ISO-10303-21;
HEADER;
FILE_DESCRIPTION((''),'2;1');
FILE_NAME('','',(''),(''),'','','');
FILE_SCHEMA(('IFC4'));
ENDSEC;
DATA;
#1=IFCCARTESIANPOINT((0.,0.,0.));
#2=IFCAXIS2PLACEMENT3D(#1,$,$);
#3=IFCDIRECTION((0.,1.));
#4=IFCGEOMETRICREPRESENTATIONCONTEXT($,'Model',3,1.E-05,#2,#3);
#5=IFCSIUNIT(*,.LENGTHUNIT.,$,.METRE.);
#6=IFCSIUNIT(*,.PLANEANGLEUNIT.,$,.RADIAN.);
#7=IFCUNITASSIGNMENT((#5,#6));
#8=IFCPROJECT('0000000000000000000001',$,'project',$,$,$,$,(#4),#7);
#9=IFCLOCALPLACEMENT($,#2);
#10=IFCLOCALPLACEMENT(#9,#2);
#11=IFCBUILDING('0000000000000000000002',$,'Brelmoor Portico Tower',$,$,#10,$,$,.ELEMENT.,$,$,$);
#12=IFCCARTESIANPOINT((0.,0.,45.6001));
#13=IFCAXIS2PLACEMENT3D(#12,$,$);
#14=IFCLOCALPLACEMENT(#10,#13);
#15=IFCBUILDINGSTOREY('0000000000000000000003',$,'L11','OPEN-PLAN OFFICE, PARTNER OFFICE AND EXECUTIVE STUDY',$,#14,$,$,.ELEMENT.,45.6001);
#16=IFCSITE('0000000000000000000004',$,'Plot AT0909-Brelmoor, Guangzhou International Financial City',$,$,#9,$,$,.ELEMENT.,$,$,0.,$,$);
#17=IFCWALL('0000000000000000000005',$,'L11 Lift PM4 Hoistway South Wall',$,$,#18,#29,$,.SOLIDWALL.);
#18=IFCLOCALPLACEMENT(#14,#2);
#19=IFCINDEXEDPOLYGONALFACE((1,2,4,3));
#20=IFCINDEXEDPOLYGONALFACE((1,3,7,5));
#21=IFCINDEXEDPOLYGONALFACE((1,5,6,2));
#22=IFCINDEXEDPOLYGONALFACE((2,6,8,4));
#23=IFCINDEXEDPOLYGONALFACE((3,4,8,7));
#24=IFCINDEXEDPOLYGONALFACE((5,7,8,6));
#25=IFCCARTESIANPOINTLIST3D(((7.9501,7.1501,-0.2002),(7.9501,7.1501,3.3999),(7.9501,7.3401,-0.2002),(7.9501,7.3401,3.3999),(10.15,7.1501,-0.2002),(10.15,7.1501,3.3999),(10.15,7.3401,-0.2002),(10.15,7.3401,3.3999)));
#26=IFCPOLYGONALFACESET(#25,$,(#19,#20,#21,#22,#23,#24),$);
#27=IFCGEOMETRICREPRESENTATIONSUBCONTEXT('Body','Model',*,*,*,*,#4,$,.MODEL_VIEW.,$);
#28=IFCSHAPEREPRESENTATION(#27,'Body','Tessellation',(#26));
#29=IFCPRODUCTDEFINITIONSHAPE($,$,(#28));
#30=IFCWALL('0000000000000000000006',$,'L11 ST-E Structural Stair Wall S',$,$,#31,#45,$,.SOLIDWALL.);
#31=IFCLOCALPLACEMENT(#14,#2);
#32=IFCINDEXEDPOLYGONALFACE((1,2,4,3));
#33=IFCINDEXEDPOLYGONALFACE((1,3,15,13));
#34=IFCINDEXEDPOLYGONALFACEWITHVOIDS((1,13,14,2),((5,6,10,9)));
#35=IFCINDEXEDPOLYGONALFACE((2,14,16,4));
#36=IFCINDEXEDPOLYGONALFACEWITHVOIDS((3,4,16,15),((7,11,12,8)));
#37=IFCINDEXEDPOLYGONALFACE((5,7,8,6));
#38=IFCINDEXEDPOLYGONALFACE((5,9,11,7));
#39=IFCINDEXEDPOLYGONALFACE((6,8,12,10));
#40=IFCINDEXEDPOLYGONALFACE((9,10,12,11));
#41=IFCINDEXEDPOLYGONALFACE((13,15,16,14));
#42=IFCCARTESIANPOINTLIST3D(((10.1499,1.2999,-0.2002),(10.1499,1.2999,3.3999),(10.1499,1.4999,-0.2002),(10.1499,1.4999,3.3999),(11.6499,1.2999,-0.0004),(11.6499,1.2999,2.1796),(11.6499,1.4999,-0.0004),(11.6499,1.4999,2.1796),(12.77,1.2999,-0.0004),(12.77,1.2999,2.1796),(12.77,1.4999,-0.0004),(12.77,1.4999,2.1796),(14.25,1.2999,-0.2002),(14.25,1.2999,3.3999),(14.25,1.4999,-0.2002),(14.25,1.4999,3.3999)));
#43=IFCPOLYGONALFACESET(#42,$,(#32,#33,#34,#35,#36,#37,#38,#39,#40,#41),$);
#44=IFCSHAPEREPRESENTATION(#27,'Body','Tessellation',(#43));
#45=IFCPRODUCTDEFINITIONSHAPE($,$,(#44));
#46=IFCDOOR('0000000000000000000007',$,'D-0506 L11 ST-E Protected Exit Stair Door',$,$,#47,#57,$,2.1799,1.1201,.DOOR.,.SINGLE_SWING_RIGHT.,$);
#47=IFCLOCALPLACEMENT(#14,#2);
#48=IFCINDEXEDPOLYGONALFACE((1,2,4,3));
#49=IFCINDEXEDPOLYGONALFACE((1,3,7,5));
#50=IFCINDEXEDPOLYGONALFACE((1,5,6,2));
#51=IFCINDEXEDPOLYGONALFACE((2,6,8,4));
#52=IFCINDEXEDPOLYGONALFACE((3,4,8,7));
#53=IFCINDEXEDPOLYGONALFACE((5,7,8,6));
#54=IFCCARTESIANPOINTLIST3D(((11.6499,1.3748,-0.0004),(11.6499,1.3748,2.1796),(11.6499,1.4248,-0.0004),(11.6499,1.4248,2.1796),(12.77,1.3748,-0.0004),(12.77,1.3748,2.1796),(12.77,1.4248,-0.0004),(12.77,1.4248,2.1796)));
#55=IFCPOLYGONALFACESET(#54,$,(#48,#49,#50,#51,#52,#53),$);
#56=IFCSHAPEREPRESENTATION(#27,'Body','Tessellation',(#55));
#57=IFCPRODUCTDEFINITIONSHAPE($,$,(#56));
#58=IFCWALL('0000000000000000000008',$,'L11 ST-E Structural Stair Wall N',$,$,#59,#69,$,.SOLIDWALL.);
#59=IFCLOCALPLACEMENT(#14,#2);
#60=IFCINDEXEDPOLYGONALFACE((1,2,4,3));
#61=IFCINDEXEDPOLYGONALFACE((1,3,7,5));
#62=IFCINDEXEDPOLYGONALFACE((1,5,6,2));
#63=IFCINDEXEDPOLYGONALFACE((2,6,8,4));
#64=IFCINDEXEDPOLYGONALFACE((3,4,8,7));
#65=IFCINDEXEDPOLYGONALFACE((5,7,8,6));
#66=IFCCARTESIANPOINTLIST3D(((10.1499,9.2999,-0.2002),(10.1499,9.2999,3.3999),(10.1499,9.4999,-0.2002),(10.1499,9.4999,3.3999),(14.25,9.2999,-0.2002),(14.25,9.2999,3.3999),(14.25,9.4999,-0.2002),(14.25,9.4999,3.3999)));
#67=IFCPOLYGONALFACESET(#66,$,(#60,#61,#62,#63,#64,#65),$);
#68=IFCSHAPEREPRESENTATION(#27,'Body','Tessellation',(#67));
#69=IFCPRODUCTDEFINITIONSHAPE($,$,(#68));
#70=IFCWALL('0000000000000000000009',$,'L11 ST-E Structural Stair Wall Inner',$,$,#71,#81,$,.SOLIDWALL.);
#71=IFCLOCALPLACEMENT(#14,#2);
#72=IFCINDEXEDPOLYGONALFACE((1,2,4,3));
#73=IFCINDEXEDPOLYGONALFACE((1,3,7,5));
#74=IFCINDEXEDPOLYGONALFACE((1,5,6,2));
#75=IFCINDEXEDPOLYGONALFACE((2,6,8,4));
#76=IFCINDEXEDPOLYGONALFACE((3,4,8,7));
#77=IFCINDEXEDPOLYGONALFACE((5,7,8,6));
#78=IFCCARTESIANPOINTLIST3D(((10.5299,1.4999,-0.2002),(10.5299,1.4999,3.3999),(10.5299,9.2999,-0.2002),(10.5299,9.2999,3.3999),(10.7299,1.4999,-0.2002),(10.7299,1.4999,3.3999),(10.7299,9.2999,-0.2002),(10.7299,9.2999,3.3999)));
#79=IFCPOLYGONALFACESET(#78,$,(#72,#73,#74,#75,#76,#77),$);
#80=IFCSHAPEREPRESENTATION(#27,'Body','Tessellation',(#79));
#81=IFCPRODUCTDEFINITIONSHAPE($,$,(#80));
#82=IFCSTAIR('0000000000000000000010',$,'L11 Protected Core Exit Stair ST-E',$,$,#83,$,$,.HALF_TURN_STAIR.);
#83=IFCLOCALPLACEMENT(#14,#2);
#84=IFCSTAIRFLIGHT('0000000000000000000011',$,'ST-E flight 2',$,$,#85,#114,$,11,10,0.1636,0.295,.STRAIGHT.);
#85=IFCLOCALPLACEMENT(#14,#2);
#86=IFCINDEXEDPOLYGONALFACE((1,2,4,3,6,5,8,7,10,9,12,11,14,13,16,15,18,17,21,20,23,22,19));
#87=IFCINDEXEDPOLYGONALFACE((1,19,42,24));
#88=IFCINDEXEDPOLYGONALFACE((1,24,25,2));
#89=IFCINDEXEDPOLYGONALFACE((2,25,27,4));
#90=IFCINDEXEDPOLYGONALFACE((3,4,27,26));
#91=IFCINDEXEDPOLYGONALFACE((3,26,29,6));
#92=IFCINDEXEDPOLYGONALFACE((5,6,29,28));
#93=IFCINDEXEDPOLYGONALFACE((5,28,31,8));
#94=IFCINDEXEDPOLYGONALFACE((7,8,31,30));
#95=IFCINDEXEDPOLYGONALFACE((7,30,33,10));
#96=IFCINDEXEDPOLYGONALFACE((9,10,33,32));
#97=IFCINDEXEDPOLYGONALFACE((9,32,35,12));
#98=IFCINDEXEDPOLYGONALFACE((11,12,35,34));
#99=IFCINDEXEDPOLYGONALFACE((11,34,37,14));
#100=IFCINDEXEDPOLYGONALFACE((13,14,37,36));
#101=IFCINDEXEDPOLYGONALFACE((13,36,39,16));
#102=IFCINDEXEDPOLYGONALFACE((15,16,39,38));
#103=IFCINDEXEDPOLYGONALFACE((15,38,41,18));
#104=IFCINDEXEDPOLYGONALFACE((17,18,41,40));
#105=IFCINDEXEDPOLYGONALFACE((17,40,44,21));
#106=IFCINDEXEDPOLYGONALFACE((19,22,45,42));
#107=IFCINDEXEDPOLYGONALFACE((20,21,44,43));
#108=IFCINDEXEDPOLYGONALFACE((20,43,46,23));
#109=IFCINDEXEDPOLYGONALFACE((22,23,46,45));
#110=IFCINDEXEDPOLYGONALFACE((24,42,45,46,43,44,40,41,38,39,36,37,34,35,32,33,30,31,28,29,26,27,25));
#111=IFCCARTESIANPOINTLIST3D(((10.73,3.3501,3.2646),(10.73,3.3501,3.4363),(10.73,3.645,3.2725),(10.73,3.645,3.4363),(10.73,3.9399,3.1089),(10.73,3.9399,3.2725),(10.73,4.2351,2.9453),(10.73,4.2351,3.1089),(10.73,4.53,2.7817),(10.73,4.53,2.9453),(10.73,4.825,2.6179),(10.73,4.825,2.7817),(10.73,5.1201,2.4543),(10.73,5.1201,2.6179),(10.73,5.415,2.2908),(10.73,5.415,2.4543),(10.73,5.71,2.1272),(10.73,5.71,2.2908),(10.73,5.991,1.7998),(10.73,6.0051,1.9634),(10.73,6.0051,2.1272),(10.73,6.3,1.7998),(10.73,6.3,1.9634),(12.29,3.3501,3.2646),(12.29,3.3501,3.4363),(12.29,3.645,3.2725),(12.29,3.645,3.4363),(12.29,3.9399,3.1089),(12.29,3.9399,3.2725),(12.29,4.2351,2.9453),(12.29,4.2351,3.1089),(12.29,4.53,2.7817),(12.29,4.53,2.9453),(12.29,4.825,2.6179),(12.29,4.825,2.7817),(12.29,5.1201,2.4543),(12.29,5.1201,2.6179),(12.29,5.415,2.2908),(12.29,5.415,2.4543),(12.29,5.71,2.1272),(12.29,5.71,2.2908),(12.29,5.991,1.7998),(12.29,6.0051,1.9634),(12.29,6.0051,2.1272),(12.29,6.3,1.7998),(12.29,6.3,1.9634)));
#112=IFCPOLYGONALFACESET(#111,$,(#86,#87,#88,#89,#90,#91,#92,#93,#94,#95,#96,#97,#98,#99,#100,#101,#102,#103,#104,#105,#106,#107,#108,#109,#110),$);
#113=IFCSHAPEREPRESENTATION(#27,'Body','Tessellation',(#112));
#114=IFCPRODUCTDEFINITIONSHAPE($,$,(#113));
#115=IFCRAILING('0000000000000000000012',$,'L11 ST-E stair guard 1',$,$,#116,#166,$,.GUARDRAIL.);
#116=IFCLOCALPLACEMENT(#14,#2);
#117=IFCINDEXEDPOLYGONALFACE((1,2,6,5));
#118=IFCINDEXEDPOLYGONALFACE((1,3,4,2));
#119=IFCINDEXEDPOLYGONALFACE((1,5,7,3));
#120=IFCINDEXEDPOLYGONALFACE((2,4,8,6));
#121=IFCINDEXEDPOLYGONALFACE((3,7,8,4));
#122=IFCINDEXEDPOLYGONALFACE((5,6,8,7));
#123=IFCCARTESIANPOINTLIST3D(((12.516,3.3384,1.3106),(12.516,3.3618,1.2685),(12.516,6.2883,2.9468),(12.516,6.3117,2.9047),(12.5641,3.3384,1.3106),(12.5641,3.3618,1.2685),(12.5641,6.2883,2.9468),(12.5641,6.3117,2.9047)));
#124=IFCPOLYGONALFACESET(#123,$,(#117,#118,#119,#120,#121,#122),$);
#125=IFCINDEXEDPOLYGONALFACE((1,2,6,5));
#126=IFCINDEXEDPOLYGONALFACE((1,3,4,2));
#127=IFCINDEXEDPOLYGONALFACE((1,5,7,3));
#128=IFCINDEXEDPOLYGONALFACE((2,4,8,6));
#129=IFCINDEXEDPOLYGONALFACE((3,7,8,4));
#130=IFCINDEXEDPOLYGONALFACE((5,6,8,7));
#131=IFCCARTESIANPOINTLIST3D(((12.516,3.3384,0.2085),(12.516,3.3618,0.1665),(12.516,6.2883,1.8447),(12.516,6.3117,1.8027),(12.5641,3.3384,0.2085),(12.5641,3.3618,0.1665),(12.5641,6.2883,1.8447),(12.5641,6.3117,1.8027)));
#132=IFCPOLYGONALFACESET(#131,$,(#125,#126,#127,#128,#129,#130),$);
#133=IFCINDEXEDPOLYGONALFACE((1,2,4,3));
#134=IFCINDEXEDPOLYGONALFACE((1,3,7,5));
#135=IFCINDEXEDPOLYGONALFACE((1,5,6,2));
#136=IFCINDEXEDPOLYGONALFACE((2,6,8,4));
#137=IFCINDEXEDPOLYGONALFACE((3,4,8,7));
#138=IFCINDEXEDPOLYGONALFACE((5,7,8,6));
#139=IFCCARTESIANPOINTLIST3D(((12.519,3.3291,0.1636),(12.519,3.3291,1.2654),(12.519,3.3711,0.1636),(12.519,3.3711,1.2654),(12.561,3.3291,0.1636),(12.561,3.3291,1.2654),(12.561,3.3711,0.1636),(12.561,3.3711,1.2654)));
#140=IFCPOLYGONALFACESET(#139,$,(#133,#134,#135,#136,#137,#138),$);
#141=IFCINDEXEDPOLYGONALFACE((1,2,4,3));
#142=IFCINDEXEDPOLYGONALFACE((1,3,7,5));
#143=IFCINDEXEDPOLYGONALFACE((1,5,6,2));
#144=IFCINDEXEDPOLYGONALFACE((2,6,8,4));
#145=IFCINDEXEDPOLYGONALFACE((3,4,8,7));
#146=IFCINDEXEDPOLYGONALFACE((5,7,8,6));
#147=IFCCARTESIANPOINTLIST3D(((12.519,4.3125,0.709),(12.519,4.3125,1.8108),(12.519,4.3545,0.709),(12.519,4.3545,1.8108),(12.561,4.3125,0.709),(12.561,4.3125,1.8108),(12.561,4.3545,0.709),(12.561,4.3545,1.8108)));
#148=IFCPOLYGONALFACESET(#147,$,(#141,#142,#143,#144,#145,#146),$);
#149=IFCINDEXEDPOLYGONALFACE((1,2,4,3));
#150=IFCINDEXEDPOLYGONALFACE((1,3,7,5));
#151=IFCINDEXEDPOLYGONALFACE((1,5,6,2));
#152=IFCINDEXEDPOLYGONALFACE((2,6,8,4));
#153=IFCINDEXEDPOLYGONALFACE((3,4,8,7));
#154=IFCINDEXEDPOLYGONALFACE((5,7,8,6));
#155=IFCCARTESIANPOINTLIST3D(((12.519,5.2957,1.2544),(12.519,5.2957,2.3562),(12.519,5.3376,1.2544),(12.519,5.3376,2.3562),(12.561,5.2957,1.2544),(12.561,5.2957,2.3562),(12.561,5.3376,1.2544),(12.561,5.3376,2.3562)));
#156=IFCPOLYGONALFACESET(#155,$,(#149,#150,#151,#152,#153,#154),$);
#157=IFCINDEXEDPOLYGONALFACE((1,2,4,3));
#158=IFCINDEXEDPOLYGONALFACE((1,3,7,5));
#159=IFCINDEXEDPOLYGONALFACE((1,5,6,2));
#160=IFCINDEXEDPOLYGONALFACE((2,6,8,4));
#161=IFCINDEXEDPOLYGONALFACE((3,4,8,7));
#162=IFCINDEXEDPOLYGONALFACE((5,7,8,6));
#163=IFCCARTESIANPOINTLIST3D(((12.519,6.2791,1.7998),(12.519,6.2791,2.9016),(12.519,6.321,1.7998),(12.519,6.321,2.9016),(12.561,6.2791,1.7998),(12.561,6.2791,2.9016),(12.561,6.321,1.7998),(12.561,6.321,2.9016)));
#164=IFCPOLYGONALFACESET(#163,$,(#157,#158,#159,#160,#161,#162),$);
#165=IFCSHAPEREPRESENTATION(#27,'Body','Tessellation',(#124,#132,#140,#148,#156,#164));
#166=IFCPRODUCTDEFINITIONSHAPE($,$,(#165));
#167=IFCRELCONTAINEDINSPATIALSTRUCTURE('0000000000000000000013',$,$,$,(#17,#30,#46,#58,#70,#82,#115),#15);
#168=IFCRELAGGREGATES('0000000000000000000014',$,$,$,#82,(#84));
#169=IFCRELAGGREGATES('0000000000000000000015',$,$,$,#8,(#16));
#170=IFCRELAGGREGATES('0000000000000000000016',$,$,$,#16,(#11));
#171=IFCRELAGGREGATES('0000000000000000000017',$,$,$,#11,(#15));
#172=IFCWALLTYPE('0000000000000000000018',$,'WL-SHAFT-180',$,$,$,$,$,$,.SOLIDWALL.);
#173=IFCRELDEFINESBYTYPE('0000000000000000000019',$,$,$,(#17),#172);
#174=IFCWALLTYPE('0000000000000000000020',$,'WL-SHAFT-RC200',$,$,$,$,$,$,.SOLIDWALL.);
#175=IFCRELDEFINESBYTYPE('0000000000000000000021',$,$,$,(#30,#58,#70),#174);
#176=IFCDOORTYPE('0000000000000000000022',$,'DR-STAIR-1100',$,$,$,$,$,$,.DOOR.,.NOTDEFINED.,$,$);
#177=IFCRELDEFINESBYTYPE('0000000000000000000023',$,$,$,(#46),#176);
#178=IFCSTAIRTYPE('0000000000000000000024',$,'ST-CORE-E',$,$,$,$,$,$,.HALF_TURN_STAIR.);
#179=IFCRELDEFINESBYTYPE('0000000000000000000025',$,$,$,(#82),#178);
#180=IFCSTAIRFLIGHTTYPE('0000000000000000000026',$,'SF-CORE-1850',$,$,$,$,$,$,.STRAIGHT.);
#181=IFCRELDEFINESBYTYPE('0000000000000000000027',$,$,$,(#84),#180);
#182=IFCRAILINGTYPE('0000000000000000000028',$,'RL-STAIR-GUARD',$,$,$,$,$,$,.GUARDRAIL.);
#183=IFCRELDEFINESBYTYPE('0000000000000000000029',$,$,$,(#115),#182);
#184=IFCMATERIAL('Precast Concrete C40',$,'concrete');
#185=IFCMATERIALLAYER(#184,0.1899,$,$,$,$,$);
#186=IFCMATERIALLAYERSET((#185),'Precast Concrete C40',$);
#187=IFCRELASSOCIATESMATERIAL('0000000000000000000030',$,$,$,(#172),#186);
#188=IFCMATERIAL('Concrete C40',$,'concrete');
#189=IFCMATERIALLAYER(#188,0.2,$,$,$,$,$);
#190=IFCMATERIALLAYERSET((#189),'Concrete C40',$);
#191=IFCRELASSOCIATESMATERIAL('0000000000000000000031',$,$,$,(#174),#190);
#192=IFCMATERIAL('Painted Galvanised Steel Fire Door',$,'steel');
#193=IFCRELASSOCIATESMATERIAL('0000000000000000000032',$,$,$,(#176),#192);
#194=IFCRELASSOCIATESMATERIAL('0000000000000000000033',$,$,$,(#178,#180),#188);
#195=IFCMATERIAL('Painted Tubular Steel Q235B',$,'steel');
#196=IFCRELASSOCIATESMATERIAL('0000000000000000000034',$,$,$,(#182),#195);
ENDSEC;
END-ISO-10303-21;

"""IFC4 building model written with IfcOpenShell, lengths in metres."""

from ifc_helpers import new_model, si_unit, direction, frame, frame_2d, origin, origin_2d, place, context, subcontext, project, spatial, polyline, rectangle, outline, extrude, material, layer, layer_set, type_object, element, fill, aggregate, save


model = new_model("IFC4")

# Units and contexts
model_context = context("Model", 3, precision=1e-05, world=origin(), true_north=direction((0.0, 1.0)))
body_context = subcontext(model_context, "Body", "Model", "MODEL_VIEW")
ifc_project = project(units=[si_unit("LENGTHUNIT", "METRE"), si_unit("PLANEANGLEUNIT", "RADIAN")], contexts=[model_context])

# Site, building, storey
site_placement = place(None, origin())
site = spatial("IfcSite", under=ifc_project, at=site_placement, Name="Plot AT0909-Brelmoor, Guangzhou International Financial City", CompositionType="ELEMENT", RefElevation=0.0)
building_placement = place(site_placement, origin())
building = spatial("IfcBuilding", under=site, at=building_placement, Name="Brelmoor Portico Tower", CompositionType="ELEMENT")
storey_placement = place(building_placement, frame((0.0, 0.0, 45.6001)))
storey = spatial("IfcBuildingStorey", under=building, at=storey_placement, Name="L11", Description="OPEN-PLAN OFFICE, PARTNER OFFICE AND EXECUTIVE STUDY", CompositionType="ELEMENT", Elevation=45.6001)

# Wall
ifc_material_1 = material(Name="Precast Concrete C40", Category="concrete")
ifc_layer_1 = layer(ifc_material_1, 0.1899)
ifc_layer_set_1 = layer_set([ifc_layer_1], Name="Precast Concrete C40")
wall_type_1 = type_object("IfcWallType", Name="WL-SHAFT-180", PredefinedType="SOLIDWALL", material=ifc_layer_set_1)
for number, where, z_axis, x_axis, name in (
    (1, (7.95, 7.2451, -0.2002), (0.0, 0.0, 1.0), (1.0, 0.0, 0.0), "L11 Lift PM4 Hoistway South Wall"),
):
    element("IfcWall", number, at=place(storey_placement, frame(where, z_axis=z_axis, x_axis=x_axis)), inside=storey, type_object=wall_type_1, Name=name, PredefinedType="SOLIDWALL", context=body_context, shape_type="SweptSolid", body=[
        extrude(rectangle(XDim=2.2, YDim=0.1899, at=frame_2d((1.1001, 0.0))), origin(), (0.0, 0.0, 1.0), 3.6001),
    ])

# Wall, opening, door
ifc_material_2 = material(Name="Concrete C40", Category="concrete")
ifc_layer_2 = layer(ifc_material_2, 0.2)
ifc_layer_set_2 = layer_set([ifc_layer_2], Name="Concrete C40")
wall_type_2 = type_object("IfcWallType", Name="WL-SHAFT-RC200", PredefinedType="SOLIDWALL", material=ifc_layer_set_2)
wall_1_placement = place(storey_placement, frame((10.1499, 1.3999, -0.2002), z_axis=(0.0, 0.0, 1.0), x_axis=(1.0, 0.0, 0.0)))
wall_1 = element("IfcWall", 2, at=wall_1_placement, inside=storey, type_object=wall_type_2, Name="L11 ST-E Structural Stair Wall S", PredefinedType="SOLIDWALL", context=body_context, shape_type="SweptSolid", body=[
    extrude(rectangle(XDim=4.1001, YDim=0.2, at=frame_2d((2.05, 0.0))), origin(), (0.0, 0.0, 1.0), 3.6001),
])
opening_placement = place(wall_1_placement, frame((1.5, 0.0, 0.2)))
opening = element("IfcOpeningElement", 3, at=opening_placement, cuts=wall_1, PredefinedType="OPENING", context=body_context, shape_type="SweptSolid", body=[
    extrude(rectangle(XDim=1.1201, YDim=2.1799, at=frame_2d((0.5601, 1.0898))), frame((0.0, 0.1099, 0.0), z_axis=(0.0, -1.0, 0.0), x_axis=(1.0, 0.0, 0.0)), (0.0, 0.0, 1.0), 0.22),
])
ifc_material_3 = material(Name="Painted Galvanised Steel Fire Door", Category="steel")
door_type = type_object("IfcDoorType", Name="DR-STAIR-1100", OperationType="NOTDEFINED", PredefinedType="DOOR", material=ifc_material_3)
door_placement = place(opening_placement, origin())
door = element("IfcDoor", 4, at=door_placement, inside=storey, type_object=door_type, Name="D-0506 L11 ST-E Protected Exit Stair Door", OperationType="SINGLE_SWING_RIGHT", OverallHeight=2.1799, OverallWidth=1.1201, PredefinedType="DOOR", context=body_context, shape_type="SweptSolid", body=[
    extrude(rectangle(XDim=1.1201, YDim=2.1799, at=frame_2d((0.5601, 1.0898))), frame((0.0, 0.0249, 0.0), z_axis=(0.0, -1.0, 0.0), x_axis=(1.0, 0.0, 0.0)), (0.0, 0.0, 1.0), 0.05),
])
fill(opening, door)

# Walls
wall_2_placement = place(storey_placement, frame((10.1499, 9.3999, -0.2002), z_axis=(0.0, 0.0, 1.0), x_axis=(1.0, 0.0, 0.0)))
element("IfcWall", 5, at=wall_2_placement, inside=storey, type_object=wall_type_2, Name="L11 ST-E Structural Stair Wall N", PredefinedType="SOLIDWALL", context=body_context, shape_type="SweptSolid", body=[
    extrude(rectangle(XDim=4.1001, YDim=0.2, at=frame_2d((2.05, 0.0))), origin(), (0.0, 0.0, 1.0), 3.6001),
])
wall_3_placement = place(storey_placement, frame((10.6299, 1.5, -0.2002), z_axis=(0.0, 0.0, 1.0), x_axis=(0.0, 1.0, 0.0)))
element("IfcWall", 6, at=wall_3_placement, inside=storey, type_object=wall_type_2, Name="L11 ST-E Structural Stair Wall Inner", PredefinedType="SOLIDWALL", context=body_context, shape_type="SweptSolid", body=[
    extrude(rectangle(XDim=7.8, YDim=0.2, at=frame_2d((3.8999, 0.0))), origin(), (0.0, 0.0, 1.0), 3.6001),
])

# Stair, stair flight
stair_type = type_object("IfcStairType", Name="ST-CORE-E", PredefinedType="HALF_TURN_STAIR", material=ifc_material_2)
stair_placement = place(storey_placement, origin())
stair = element("IfcStair", 7, at=stair_placement, inside=storey, type_object=stair_type, Name="L11 Protected Core Exit Stair ST-E", PredefinedType="HALF_TURN_STAIR")
stair_flight_type = type_object("IfcStairFlightType", Name="SF-CORE-1850", PredefinedType="STRAIGHT", material=ifc_material_2)
stair_flight_placement = place(storey_placement, frame((11.51, 6.3, 1.7998), z_axis=(0.0, 0.0, 1.0), x_axis=(0.0, -1.0, 0.0)))
stair_flight = element("IfcStairFlight", 8, at=stair_flight_placement, type_object=stair_flight_type, Name="ST-E flight 2", NumberOfRisers=11, NumberOfTreads=10, PredefinedType="STRAIGHT", RiserHeight=0.1636, TreadLength=0.295, context=body_context, shape_type="SweptSolid", body=[
    extrude(outline(polyline([(0.0, 0.0), (0.0, 0.1636), (0.2949, 0.1636), (0.2949, 0.3274), (0.5901, 0.3274), (0.5901, 0.491), (0.885, 0.491), (0.885, 0.6545), (1.1799, 0.6545), (1.1799, 0.8181), (1.4751, 0.8181), (1.4751, 0.9819), (1.77, 0.9819), (1.77, 1.1455), (2.0649, 1.1455), (2.0649, 1.3091), (2.3601, 1.3091), (2.3601, 1.4727), (2.655, 1.4727), (2.655, 1.6365), (2.95, 1.6365), (2.95, 1.8), (2.95, 1.4648), (0.3091, 0.0), (0.0, 0.0)])), frame((0.0, 0.78, 0.0), z_axis=(0.0, -1.0, 0.0), x_axis=(1.0, 0.0, 0.0)), (0.0, 0.0, 1.0), 1.5601),
])
aggregate(stair, [stair_flight])

# Railing
ifc_material_4 = material(Name="Painted Tubular Steel Q235B", Category="steel")
railing_type_1 = type_object("IfcRailingType", Name="RL-STAIR-GUARD", PredefinedType="GUARDRAIL", material=ifc_material_4)
railing_1_placement = place(storey_placement, frame((12.54, 3.3501, 0.1636)))
element("IfcRailing", 9, at=railing_1_placement, inside=storey, type_object=railing_type_1, Name="L11 ST-E stair guard 1", PredefinedType="GUARDRAIL", context=body_context, shape_type="SweptSolid", body=[
    extrude(rectangle(XDim=0.0481, YDim=0.0481, at=origin_2d()), frame((0.0, 0.0, 1.126), z_axis=(0.0, 0.874488, 0.485047), x_axis=(-1.0, 0.0, 0.0)), (0.0, 0.0, 1.0), 3.3733),
    extrude(rectangle(XDim=0.0481, YDim=0.0481, at=origin_2d()), frame((0.0, 0.0, 0.0239), z_axis=(0.0, 0.874488, 0.485047), x_axis=(-1.0, 0.0, 0.0)), (0.0, 0.0, 1.0), 3.3733),
    extrude(rectangle(XDim=0.042, YDim=0.042, at=origin_2d()), origin(), (0.0, 0.0, 1.0), 1.1018),
    extrude(rectangle(XDim=0.042, YDim=0.042, at=origin_2d()), frame((0.0, 0.9834, 0.5454)), (0.0, 0.0, 1.0), 1.1018),
    extrude(rectangle(XDim=0.042, YDim=0.042, at=origin_2d()), frame((0.0, 1.9666, 1.0908)), (0.0, 0.0, 1.0), 1.1018),
    extrude(rectangle(XDim=0.042, YDim=0.042, at=origin_2d()), frame((0.0, 2.95, 1.6362)), (0.0, 0.0, 1.0), 1.1018),
])

save(model, "model.ifc")
